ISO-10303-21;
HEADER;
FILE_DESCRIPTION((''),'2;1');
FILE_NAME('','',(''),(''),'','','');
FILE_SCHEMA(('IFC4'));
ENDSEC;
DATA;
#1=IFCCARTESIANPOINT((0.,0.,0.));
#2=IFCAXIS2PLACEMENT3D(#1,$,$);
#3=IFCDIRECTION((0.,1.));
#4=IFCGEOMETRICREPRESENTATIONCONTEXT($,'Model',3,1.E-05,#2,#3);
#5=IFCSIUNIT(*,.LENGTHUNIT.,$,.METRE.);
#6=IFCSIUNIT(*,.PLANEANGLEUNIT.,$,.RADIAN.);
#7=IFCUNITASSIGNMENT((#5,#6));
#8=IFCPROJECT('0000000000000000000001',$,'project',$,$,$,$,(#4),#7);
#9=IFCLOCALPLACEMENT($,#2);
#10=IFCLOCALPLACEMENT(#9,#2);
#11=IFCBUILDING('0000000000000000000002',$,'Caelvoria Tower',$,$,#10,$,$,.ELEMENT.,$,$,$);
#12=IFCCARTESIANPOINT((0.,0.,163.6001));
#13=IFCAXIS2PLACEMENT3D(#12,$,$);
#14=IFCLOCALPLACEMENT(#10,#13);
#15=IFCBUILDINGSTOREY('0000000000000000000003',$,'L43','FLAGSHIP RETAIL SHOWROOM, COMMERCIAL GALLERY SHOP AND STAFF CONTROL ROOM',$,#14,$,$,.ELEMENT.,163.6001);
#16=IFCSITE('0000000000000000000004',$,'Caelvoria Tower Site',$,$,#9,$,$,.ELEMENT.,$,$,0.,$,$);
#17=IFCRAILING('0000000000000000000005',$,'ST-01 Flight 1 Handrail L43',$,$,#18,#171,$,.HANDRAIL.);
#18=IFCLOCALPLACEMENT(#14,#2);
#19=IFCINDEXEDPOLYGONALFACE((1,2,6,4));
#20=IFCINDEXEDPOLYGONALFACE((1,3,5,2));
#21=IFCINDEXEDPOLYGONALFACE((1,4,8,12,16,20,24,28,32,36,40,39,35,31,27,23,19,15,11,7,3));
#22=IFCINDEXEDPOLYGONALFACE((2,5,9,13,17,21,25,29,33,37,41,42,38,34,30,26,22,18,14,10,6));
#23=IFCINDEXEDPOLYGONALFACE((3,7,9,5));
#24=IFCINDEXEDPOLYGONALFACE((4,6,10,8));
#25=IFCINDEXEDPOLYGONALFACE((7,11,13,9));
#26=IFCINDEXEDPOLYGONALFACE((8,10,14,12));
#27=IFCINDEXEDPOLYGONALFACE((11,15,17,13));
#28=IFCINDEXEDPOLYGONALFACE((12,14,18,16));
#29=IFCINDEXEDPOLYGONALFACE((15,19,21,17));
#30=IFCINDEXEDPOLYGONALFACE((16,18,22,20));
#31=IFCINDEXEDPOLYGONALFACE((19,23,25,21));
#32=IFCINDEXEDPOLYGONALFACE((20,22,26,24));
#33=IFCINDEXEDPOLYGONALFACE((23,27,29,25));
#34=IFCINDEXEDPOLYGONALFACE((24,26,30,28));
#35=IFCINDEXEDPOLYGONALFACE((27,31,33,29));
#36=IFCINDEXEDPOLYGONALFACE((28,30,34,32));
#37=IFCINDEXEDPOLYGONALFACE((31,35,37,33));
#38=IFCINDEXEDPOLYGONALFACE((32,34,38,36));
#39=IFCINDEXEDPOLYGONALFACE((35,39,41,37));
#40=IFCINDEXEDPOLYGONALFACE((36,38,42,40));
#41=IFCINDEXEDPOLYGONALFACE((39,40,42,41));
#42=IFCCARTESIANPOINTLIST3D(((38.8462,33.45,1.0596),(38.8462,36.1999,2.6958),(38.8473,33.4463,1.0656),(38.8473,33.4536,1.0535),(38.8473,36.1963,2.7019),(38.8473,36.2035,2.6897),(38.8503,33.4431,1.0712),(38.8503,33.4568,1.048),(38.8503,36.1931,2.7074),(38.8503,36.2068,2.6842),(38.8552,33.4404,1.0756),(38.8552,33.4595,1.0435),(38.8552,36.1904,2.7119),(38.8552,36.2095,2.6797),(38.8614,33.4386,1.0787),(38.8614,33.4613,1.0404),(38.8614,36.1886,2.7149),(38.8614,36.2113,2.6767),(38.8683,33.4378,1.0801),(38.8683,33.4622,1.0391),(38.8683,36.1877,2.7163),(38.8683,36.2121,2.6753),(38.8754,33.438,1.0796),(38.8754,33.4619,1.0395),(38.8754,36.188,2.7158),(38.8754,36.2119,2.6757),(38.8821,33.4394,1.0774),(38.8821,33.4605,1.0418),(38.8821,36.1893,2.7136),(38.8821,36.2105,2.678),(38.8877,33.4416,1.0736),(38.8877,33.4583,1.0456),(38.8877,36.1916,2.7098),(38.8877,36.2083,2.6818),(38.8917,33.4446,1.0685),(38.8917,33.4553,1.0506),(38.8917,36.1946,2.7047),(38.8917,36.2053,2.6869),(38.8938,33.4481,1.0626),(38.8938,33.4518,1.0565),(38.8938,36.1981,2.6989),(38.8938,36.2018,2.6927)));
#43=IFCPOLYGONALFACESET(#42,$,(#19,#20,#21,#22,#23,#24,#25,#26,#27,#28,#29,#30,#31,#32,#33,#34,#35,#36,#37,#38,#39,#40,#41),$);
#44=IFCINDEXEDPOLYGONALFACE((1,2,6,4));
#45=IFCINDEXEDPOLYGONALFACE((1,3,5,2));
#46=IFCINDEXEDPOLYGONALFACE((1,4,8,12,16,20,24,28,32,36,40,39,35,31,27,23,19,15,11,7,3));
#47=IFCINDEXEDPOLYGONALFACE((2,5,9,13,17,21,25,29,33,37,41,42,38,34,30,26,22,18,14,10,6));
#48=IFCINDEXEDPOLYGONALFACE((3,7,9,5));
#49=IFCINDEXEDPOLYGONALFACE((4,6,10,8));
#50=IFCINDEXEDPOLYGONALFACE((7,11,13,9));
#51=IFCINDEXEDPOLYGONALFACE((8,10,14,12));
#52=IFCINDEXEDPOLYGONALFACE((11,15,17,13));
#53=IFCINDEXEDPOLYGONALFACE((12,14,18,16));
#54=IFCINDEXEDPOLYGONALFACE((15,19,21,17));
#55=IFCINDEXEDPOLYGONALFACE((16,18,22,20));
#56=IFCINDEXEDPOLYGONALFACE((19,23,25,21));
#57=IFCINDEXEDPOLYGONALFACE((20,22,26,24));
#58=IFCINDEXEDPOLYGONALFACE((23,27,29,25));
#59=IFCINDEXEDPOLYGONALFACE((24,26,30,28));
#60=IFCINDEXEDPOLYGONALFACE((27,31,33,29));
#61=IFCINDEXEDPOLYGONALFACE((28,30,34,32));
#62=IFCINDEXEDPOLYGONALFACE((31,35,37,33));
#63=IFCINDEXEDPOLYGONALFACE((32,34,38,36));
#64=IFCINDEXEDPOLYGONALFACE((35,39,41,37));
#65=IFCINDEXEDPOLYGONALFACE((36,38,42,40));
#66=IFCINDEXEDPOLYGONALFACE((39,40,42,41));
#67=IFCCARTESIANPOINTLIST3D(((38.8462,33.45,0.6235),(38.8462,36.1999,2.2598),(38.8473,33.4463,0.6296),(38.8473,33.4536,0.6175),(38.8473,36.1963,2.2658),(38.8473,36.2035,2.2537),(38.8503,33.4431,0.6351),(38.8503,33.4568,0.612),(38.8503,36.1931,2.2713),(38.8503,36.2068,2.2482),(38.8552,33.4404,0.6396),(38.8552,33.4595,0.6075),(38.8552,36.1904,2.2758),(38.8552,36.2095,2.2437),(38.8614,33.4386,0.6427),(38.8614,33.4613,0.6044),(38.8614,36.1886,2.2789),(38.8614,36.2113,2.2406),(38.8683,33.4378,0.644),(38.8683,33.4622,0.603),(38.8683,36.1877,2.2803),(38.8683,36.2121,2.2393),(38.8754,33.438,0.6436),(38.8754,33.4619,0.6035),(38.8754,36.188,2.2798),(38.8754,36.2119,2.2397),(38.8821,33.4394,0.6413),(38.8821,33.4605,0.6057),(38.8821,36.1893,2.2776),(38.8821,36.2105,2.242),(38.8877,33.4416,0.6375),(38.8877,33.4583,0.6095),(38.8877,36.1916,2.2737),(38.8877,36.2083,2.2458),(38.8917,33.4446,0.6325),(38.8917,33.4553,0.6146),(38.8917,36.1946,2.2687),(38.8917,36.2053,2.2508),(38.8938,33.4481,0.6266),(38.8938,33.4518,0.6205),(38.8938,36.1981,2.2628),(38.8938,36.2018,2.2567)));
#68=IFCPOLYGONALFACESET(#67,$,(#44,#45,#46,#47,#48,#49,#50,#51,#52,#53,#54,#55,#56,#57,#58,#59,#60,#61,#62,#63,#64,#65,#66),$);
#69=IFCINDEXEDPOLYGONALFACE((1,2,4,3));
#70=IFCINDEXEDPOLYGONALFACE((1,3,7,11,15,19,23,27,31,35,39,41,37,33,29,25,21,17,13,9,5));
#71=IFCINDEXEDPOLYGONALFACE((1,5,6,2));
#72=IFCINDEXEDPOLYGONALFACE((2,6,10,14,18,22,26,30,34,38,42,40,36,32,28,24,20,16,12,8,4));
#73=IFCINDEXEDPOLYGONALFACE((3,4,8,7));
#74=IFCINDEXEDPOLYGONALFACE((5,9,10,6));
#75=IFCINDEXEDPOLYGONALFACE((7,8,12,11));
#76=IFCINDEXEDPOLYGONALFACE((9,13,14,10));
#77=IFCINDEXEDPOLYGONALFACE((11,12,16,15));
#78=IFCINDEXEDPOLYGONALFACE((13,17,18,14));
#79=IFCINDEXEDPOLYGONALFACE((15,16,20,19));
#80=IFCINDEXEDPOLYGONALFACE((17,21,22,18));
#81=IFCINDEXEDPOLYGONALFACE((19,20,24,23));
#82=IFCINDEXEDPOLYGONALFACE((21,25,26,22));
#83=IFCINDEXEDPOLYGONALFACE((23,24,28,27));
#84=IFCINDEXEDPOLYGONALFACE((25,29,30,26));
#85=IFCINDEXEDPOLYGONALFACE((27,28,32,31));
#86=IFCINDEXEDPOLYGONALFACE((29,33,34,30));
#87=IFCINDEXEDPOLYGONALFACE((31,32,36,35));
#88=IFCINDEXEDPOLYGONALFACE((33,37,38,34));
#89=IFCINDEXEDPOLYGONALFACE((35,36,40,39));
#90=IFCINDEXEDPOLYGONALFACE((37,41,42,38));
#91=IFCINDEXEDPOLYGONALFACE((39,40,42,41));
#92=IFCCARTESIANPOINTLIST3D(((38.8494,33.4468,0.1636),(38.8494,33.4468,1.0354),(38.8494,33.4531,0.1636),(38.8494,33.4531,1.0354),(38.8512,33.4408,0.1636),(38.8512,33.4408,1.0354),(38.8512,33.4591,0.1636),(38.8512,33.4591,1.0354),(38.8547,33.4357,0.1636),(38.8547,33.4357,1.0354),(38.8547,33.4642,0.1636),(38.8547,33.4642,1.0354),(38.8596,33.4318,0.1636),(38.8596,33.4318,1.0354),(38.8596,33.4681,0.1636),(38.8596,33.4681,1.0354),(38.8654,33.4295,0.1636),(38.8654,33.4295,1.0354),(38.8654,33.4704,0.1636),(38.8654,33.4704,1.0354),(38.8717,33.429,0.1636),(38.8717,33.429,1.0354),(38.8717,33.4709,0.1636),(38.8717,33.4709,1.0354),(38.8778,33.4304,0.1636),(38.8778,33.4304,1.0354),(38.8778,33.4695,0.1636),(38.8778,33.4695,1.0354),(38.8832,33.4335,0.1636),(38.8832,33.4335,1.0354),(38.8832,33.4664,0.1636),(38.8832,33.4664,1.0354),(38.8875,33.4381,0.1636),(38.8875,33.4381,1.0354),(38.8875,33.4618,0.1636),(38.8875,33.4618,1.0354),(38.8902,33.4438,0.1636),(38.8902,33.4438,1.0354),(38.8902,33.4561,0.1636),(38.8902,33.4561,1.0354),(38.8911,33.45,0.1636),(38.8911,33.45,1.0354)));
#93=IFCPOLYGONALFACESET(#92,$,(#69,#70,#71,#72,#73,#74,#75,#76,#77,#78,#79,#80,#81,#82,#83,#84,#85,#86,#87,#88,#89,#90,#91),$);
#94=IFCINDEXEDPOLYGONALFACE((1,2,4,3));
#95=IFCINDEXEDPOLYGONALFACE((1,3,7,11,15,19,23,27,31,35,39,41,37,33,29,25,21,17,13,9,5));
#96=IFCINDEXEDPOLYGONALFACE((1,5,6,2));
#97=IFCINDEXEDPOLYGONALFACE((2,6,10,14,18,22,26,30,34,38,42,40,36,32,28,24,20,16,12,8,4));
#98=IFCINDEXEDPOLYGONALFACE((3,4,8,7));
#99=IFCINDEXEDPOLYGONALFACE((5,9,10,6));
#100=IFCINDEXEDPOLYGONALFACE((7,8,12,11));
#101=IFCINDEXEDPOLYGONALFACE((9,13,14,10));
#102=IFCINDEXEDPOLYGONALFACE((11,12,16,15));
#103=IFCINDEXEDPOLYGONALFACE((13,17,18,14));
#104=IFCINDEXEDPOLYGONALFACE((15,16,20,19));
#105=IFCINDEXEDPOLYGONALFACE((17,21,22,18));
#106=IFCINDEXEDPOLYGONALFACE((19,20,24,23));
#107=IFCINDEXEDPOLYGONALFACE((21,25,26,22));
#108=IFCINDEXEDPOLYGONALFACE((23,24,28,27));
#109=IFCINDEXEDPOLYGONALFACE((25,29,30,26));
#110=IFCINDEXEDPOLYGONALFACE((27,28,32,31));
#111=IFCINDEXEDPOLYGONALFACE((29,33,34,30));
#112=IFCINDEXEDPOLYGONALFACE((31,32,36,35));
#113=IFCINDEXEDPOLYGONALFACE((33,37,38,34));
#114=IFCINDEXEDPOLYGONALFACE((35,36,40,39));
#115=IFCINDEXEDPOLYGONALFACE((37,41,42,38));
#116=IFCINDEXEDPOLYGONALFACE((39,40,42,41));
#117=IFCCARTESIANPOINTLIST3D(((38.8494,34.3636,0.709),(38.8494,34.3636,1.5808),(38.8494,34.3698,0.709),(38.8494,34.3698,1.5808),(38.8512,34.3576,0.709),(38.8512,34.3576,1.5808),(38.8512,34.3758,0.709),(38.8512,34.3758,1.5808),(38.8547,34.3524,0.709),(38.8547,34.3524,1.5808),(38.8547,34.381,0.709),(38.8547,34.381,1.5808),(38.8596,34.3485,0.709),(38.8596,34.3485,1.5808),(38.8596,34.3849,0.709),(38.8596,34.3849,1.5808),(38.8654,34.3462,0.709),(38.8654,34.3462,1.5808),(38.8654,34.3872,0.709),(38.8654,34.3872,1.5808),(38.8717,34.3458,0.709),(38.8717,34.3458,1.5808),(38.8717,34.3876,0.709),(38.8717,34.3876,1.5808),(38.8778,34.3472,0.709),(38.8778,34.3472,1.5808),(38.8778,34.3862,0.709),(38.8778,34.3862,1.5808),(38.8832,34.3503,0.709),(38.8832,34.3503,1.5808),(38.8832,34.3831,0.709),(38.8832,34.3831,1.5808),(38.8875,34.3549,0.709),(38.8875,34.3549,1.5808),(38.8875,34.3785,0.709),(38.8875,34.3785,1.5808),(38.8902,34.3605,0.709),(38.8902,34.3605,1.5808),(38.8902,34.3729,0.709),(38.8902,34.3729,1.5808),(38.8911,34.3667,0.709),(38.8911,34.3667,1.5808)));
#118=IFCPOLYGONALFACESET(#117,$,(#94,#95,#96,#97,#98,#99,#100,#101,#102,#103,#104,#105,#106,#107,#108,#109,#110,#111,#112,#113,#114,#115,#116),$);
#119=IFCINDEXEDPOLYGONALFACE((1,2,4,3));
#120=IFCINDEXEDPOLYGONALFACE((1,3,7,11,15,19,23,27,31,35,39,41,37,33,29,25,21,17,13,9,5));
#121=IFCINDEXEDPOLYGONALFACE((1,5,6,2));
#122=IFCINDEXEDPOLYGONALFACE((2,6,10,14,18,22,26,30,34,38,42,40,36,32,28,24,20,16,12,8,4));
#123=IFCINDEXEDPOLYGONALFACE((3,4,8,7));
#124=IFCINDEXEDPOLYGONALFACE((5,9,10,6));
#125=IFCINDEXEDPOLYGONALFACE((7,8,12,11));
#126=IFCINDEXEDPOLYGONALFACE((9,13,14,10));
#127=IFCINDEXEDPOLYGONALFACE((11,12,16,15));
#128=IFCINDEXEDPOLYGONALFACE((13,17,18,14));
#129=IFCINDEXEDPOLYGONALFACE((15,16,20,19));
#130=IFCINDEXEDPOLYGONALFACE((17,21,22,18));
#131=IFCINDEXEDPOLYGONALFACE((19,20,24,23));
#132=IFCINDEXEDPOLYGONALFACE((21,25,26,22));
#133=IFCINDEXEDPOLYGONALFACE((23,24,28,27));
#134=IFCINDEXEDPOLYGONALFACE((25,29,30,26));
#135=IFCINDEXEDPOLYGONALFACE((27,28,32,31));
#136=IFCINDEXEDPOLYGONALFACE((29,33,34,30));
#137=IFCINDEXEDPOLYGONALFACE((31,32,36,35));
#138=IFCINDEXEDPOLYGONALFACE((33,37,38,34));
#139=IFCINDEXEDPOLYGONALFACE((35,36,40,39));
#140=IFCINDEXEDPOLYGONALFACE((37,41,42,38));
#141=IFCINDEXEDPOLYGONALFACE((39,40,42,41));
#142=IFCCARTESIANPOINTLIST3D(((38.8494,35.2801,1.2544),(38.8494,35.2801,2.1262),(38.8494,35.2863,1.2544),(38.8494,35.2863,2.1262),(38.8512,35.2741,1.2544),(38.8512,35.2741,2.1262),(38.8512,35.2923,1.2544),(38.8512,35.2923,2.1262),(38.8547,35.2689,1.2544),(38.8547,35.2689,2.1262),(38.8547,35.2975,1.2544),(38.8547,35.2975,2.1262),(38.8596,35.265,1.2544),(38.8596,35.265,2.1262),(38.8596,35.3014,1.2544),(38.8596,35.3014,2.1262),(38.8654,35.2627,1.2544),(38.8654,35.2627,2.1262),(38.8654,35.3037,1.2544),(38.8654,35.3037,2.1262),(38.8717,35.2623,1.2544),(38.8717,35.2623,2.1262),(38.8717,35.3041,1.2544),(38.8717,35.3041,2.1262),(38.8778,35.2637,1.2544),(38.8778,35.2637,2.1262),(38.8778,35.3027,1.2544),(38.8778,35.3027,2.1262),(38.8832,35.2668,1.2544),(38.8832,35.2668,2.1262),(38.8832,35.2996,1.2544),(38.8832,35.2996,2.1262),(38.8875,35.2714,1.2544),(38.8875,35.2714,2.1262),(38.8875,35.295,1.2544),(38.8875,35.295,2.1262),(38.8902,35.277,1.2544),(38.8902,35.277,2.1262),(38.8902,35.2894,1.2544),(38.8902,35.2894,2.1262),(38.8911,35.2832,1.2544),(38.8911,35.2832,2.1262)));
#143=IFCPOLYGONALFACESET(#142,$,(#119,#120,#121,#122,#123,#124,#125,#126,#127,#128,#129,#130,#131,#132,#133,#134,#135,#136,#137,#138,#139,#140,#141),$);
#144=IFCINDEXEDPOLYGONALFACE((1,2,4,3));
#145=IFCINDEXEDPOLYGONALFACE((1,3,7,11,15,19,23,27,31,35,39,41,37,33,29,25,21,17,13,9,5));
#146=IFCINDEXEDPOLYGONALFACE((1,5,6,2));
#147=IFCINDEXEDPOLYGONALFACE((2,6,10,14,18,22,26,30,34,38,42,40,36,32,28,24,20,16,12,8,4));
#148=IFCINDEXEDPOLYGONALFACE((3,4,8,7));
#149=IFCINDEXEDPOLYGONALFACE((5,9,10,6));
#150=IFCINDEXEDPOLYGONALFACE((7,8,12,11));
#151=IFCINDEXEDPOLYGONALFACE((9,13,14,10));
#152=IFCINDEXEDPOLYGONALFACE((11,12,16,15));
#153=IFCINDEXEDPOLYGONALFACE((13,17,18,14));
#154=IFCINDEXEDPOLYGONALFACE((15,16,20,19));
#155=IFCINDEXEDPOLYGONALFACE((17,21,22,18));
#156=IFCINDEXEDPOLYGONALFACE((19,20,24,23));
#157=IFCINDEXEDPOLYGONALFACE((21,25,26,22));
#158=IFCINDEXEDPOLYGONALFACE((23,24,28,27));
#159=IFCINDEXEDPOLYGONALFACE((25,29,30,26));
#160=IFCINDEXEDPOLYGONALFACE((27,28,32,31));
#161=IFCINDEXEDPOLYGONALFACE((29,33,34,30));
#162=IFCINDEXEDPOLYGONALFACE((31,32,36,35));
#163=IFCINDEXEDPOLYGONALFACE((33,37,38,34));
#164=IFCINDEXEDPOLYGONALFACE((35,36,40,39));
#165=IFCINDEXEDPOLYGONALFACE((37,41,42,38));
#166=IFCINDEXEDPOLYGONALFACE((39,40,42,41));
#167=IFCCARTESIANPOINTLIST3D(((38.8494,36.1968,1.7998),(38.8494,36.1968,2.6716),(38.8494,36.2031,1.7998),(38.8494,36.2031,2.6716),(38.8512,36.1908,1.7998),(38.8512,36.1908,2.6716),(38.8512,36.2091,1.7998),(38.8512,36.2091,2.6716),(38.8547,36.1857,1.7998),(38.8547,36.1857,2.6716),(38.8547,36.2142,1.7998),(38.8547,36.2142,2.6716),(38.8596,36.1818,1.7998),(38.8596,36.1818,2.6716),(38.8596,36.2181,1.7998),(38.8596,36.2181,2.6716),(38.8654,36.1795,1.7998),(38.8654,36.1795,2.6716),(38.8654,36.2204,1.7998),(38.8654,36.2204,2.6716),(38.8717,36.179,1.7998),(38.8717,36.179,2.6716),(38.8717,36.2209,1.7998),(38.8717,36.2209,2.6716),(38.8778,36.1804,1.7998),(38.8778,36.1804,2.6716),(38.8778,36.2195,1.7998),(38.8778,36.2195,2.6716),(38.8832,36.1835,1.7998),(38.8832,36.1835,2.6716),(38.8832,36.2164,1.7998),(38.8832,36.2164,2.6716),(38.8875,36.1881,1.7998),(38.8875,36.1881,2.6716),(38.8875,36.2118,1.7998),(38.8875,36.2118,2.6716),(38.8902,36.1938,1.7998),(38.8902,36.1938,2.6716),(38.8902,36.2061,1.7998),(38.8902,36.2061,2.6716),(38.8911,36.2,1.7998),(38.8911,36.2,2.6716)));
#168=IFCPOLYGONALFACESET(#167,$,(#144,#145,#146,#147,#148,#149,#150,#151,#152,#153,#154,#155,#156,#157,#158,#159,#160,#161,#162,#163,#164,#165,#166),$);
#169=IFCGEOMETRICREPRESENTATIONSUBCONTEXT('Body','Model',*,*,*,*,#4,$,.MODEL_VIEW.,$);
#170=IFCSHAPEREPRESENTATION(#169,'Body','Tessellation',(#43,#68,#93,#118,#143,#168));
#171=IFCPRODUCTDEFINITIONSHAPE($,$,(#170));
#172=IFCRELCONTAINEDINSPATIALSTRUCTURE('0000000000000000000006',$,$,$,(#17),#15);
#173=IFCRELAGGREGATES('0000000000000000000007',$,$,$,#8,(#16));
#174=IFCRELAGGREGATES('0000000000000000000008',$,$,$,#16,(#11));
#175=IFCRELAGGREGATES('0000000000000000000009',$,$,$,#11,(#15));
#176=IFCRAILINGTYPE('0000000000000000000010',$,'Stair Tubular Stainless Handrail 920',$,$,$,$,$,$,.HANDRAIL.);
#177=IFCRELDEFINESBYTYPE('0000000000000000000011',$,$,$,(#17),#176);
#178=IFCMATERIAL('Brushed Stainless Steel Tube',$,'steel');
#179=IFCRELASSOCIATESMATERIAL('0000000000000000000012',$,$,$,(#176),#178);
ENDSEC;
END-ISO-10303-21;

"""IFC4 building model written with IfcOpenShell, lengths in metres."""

from ifc_helpers import new_model, si_unit, direction, frame, origin, origin_2d, place, context, subcontext, project, spatial, circle, extrude, material, type_object, element, save


model = new_model("IFC4")

# Units and contexts
model_context = context("Model", 3, precision=1e-05, world=origin(), true_north=direction((0.0, 1.0)))
body_context = subcontext(model_context, "Body", "Model", "MODEL_VIEW")
ifc_project = project(units=[si_unit("LENGTHUNIT", "METRE"), si_unit("PLANEANGLEUNIT", "RADIAN")], contexts=[model_context])

# Site, building, storey
site_placement = place(None, origin())
site = spatial("IfcSite", under=ifc_project, at=site_placement, Name="Caelvoria Tower Site", CompositionType="ELEMENT", RefElevation=0.0)
building_placement = place(site_placement, origin())
building = spatial("IfcBuilding", under=site, at=building_placement, Name="Caelvoria Tower", CompositionType="ELEMENT")
storey_placement = place(building_placement, frame((0.0, 0.0, 163.6001)))
storey = spatial("IfcBuildingStorey", under=building, at=storey_placement, Name="L43", Description="FLAGSHIP RETAIL SHOWROOM, COMMERCIAL GALLERY SHOP AND STAFF CONTROL ROOM", CompositionType="ELEMENT", Elevation=163.6001)

# Railing
ifc_material_1 = material(Name="Brushed Stainless Steel Tube", Category="steel")
railing_type_1 = type_object("IfcRailingType", Name="Stair Tubular Stainless Handrail 920", PredefinedType="HANDRAIL", material=ifc_material_1)
railing_1_placement = place(storey_placement, frame((38.8701, 33.45, 0.1636)))
element("IfcRailing", 1, at=railing_1_placement, inside=storey, type_object=railing_type_1, Name="ST-01 Flight 1 Handrail L43", PredefinedType="HANDRAIL", context=body_context, shape_type="SweptSolid", body=[
    extrude(circle(Radius=0.0239, at=origin_2d()), frame((0.0, 0.0, 0.896), z_axis=(0.0, 0.859385, 0.511328), x_axis=(-1.0, 0.0, 0.0)), (0.0, 0.0, 1.0), 3.2),
    extrude(circle(Radius=0.0239, at=origin_2d()), frame((0.0, 0.0, 0.46), z_axis=(0.0, 0.859385, 0.511328), x_axis=(-1.0, 0.0, 0.0)), (0.0, 0.0, 1.0), 3.2),
    extrude(circle(Radius=0.021, at=origin_2d()), origin(), (0.0, 0.0, 1.0), 0.8718),
    extrude(circle(Radius=0.021, at=origin_2d()), frame((0.0, 0.9167, 0.5454)), (0.0, 0.0, 1.0), 0.8718),
    extrude(circle(Radius=0.021, at=origin_2d()), frame((0.0, 1.8333, 1.0908)), (0.0, 0.0, 1.0), 0.8718),
    extrude(circle(Radius=0.021, at=origin_2d()), frame((0.0, 2.75, 1.6362)), (0.0, 0.0, 1.0), 0.8718),
])

save(model, "model.ifc")
